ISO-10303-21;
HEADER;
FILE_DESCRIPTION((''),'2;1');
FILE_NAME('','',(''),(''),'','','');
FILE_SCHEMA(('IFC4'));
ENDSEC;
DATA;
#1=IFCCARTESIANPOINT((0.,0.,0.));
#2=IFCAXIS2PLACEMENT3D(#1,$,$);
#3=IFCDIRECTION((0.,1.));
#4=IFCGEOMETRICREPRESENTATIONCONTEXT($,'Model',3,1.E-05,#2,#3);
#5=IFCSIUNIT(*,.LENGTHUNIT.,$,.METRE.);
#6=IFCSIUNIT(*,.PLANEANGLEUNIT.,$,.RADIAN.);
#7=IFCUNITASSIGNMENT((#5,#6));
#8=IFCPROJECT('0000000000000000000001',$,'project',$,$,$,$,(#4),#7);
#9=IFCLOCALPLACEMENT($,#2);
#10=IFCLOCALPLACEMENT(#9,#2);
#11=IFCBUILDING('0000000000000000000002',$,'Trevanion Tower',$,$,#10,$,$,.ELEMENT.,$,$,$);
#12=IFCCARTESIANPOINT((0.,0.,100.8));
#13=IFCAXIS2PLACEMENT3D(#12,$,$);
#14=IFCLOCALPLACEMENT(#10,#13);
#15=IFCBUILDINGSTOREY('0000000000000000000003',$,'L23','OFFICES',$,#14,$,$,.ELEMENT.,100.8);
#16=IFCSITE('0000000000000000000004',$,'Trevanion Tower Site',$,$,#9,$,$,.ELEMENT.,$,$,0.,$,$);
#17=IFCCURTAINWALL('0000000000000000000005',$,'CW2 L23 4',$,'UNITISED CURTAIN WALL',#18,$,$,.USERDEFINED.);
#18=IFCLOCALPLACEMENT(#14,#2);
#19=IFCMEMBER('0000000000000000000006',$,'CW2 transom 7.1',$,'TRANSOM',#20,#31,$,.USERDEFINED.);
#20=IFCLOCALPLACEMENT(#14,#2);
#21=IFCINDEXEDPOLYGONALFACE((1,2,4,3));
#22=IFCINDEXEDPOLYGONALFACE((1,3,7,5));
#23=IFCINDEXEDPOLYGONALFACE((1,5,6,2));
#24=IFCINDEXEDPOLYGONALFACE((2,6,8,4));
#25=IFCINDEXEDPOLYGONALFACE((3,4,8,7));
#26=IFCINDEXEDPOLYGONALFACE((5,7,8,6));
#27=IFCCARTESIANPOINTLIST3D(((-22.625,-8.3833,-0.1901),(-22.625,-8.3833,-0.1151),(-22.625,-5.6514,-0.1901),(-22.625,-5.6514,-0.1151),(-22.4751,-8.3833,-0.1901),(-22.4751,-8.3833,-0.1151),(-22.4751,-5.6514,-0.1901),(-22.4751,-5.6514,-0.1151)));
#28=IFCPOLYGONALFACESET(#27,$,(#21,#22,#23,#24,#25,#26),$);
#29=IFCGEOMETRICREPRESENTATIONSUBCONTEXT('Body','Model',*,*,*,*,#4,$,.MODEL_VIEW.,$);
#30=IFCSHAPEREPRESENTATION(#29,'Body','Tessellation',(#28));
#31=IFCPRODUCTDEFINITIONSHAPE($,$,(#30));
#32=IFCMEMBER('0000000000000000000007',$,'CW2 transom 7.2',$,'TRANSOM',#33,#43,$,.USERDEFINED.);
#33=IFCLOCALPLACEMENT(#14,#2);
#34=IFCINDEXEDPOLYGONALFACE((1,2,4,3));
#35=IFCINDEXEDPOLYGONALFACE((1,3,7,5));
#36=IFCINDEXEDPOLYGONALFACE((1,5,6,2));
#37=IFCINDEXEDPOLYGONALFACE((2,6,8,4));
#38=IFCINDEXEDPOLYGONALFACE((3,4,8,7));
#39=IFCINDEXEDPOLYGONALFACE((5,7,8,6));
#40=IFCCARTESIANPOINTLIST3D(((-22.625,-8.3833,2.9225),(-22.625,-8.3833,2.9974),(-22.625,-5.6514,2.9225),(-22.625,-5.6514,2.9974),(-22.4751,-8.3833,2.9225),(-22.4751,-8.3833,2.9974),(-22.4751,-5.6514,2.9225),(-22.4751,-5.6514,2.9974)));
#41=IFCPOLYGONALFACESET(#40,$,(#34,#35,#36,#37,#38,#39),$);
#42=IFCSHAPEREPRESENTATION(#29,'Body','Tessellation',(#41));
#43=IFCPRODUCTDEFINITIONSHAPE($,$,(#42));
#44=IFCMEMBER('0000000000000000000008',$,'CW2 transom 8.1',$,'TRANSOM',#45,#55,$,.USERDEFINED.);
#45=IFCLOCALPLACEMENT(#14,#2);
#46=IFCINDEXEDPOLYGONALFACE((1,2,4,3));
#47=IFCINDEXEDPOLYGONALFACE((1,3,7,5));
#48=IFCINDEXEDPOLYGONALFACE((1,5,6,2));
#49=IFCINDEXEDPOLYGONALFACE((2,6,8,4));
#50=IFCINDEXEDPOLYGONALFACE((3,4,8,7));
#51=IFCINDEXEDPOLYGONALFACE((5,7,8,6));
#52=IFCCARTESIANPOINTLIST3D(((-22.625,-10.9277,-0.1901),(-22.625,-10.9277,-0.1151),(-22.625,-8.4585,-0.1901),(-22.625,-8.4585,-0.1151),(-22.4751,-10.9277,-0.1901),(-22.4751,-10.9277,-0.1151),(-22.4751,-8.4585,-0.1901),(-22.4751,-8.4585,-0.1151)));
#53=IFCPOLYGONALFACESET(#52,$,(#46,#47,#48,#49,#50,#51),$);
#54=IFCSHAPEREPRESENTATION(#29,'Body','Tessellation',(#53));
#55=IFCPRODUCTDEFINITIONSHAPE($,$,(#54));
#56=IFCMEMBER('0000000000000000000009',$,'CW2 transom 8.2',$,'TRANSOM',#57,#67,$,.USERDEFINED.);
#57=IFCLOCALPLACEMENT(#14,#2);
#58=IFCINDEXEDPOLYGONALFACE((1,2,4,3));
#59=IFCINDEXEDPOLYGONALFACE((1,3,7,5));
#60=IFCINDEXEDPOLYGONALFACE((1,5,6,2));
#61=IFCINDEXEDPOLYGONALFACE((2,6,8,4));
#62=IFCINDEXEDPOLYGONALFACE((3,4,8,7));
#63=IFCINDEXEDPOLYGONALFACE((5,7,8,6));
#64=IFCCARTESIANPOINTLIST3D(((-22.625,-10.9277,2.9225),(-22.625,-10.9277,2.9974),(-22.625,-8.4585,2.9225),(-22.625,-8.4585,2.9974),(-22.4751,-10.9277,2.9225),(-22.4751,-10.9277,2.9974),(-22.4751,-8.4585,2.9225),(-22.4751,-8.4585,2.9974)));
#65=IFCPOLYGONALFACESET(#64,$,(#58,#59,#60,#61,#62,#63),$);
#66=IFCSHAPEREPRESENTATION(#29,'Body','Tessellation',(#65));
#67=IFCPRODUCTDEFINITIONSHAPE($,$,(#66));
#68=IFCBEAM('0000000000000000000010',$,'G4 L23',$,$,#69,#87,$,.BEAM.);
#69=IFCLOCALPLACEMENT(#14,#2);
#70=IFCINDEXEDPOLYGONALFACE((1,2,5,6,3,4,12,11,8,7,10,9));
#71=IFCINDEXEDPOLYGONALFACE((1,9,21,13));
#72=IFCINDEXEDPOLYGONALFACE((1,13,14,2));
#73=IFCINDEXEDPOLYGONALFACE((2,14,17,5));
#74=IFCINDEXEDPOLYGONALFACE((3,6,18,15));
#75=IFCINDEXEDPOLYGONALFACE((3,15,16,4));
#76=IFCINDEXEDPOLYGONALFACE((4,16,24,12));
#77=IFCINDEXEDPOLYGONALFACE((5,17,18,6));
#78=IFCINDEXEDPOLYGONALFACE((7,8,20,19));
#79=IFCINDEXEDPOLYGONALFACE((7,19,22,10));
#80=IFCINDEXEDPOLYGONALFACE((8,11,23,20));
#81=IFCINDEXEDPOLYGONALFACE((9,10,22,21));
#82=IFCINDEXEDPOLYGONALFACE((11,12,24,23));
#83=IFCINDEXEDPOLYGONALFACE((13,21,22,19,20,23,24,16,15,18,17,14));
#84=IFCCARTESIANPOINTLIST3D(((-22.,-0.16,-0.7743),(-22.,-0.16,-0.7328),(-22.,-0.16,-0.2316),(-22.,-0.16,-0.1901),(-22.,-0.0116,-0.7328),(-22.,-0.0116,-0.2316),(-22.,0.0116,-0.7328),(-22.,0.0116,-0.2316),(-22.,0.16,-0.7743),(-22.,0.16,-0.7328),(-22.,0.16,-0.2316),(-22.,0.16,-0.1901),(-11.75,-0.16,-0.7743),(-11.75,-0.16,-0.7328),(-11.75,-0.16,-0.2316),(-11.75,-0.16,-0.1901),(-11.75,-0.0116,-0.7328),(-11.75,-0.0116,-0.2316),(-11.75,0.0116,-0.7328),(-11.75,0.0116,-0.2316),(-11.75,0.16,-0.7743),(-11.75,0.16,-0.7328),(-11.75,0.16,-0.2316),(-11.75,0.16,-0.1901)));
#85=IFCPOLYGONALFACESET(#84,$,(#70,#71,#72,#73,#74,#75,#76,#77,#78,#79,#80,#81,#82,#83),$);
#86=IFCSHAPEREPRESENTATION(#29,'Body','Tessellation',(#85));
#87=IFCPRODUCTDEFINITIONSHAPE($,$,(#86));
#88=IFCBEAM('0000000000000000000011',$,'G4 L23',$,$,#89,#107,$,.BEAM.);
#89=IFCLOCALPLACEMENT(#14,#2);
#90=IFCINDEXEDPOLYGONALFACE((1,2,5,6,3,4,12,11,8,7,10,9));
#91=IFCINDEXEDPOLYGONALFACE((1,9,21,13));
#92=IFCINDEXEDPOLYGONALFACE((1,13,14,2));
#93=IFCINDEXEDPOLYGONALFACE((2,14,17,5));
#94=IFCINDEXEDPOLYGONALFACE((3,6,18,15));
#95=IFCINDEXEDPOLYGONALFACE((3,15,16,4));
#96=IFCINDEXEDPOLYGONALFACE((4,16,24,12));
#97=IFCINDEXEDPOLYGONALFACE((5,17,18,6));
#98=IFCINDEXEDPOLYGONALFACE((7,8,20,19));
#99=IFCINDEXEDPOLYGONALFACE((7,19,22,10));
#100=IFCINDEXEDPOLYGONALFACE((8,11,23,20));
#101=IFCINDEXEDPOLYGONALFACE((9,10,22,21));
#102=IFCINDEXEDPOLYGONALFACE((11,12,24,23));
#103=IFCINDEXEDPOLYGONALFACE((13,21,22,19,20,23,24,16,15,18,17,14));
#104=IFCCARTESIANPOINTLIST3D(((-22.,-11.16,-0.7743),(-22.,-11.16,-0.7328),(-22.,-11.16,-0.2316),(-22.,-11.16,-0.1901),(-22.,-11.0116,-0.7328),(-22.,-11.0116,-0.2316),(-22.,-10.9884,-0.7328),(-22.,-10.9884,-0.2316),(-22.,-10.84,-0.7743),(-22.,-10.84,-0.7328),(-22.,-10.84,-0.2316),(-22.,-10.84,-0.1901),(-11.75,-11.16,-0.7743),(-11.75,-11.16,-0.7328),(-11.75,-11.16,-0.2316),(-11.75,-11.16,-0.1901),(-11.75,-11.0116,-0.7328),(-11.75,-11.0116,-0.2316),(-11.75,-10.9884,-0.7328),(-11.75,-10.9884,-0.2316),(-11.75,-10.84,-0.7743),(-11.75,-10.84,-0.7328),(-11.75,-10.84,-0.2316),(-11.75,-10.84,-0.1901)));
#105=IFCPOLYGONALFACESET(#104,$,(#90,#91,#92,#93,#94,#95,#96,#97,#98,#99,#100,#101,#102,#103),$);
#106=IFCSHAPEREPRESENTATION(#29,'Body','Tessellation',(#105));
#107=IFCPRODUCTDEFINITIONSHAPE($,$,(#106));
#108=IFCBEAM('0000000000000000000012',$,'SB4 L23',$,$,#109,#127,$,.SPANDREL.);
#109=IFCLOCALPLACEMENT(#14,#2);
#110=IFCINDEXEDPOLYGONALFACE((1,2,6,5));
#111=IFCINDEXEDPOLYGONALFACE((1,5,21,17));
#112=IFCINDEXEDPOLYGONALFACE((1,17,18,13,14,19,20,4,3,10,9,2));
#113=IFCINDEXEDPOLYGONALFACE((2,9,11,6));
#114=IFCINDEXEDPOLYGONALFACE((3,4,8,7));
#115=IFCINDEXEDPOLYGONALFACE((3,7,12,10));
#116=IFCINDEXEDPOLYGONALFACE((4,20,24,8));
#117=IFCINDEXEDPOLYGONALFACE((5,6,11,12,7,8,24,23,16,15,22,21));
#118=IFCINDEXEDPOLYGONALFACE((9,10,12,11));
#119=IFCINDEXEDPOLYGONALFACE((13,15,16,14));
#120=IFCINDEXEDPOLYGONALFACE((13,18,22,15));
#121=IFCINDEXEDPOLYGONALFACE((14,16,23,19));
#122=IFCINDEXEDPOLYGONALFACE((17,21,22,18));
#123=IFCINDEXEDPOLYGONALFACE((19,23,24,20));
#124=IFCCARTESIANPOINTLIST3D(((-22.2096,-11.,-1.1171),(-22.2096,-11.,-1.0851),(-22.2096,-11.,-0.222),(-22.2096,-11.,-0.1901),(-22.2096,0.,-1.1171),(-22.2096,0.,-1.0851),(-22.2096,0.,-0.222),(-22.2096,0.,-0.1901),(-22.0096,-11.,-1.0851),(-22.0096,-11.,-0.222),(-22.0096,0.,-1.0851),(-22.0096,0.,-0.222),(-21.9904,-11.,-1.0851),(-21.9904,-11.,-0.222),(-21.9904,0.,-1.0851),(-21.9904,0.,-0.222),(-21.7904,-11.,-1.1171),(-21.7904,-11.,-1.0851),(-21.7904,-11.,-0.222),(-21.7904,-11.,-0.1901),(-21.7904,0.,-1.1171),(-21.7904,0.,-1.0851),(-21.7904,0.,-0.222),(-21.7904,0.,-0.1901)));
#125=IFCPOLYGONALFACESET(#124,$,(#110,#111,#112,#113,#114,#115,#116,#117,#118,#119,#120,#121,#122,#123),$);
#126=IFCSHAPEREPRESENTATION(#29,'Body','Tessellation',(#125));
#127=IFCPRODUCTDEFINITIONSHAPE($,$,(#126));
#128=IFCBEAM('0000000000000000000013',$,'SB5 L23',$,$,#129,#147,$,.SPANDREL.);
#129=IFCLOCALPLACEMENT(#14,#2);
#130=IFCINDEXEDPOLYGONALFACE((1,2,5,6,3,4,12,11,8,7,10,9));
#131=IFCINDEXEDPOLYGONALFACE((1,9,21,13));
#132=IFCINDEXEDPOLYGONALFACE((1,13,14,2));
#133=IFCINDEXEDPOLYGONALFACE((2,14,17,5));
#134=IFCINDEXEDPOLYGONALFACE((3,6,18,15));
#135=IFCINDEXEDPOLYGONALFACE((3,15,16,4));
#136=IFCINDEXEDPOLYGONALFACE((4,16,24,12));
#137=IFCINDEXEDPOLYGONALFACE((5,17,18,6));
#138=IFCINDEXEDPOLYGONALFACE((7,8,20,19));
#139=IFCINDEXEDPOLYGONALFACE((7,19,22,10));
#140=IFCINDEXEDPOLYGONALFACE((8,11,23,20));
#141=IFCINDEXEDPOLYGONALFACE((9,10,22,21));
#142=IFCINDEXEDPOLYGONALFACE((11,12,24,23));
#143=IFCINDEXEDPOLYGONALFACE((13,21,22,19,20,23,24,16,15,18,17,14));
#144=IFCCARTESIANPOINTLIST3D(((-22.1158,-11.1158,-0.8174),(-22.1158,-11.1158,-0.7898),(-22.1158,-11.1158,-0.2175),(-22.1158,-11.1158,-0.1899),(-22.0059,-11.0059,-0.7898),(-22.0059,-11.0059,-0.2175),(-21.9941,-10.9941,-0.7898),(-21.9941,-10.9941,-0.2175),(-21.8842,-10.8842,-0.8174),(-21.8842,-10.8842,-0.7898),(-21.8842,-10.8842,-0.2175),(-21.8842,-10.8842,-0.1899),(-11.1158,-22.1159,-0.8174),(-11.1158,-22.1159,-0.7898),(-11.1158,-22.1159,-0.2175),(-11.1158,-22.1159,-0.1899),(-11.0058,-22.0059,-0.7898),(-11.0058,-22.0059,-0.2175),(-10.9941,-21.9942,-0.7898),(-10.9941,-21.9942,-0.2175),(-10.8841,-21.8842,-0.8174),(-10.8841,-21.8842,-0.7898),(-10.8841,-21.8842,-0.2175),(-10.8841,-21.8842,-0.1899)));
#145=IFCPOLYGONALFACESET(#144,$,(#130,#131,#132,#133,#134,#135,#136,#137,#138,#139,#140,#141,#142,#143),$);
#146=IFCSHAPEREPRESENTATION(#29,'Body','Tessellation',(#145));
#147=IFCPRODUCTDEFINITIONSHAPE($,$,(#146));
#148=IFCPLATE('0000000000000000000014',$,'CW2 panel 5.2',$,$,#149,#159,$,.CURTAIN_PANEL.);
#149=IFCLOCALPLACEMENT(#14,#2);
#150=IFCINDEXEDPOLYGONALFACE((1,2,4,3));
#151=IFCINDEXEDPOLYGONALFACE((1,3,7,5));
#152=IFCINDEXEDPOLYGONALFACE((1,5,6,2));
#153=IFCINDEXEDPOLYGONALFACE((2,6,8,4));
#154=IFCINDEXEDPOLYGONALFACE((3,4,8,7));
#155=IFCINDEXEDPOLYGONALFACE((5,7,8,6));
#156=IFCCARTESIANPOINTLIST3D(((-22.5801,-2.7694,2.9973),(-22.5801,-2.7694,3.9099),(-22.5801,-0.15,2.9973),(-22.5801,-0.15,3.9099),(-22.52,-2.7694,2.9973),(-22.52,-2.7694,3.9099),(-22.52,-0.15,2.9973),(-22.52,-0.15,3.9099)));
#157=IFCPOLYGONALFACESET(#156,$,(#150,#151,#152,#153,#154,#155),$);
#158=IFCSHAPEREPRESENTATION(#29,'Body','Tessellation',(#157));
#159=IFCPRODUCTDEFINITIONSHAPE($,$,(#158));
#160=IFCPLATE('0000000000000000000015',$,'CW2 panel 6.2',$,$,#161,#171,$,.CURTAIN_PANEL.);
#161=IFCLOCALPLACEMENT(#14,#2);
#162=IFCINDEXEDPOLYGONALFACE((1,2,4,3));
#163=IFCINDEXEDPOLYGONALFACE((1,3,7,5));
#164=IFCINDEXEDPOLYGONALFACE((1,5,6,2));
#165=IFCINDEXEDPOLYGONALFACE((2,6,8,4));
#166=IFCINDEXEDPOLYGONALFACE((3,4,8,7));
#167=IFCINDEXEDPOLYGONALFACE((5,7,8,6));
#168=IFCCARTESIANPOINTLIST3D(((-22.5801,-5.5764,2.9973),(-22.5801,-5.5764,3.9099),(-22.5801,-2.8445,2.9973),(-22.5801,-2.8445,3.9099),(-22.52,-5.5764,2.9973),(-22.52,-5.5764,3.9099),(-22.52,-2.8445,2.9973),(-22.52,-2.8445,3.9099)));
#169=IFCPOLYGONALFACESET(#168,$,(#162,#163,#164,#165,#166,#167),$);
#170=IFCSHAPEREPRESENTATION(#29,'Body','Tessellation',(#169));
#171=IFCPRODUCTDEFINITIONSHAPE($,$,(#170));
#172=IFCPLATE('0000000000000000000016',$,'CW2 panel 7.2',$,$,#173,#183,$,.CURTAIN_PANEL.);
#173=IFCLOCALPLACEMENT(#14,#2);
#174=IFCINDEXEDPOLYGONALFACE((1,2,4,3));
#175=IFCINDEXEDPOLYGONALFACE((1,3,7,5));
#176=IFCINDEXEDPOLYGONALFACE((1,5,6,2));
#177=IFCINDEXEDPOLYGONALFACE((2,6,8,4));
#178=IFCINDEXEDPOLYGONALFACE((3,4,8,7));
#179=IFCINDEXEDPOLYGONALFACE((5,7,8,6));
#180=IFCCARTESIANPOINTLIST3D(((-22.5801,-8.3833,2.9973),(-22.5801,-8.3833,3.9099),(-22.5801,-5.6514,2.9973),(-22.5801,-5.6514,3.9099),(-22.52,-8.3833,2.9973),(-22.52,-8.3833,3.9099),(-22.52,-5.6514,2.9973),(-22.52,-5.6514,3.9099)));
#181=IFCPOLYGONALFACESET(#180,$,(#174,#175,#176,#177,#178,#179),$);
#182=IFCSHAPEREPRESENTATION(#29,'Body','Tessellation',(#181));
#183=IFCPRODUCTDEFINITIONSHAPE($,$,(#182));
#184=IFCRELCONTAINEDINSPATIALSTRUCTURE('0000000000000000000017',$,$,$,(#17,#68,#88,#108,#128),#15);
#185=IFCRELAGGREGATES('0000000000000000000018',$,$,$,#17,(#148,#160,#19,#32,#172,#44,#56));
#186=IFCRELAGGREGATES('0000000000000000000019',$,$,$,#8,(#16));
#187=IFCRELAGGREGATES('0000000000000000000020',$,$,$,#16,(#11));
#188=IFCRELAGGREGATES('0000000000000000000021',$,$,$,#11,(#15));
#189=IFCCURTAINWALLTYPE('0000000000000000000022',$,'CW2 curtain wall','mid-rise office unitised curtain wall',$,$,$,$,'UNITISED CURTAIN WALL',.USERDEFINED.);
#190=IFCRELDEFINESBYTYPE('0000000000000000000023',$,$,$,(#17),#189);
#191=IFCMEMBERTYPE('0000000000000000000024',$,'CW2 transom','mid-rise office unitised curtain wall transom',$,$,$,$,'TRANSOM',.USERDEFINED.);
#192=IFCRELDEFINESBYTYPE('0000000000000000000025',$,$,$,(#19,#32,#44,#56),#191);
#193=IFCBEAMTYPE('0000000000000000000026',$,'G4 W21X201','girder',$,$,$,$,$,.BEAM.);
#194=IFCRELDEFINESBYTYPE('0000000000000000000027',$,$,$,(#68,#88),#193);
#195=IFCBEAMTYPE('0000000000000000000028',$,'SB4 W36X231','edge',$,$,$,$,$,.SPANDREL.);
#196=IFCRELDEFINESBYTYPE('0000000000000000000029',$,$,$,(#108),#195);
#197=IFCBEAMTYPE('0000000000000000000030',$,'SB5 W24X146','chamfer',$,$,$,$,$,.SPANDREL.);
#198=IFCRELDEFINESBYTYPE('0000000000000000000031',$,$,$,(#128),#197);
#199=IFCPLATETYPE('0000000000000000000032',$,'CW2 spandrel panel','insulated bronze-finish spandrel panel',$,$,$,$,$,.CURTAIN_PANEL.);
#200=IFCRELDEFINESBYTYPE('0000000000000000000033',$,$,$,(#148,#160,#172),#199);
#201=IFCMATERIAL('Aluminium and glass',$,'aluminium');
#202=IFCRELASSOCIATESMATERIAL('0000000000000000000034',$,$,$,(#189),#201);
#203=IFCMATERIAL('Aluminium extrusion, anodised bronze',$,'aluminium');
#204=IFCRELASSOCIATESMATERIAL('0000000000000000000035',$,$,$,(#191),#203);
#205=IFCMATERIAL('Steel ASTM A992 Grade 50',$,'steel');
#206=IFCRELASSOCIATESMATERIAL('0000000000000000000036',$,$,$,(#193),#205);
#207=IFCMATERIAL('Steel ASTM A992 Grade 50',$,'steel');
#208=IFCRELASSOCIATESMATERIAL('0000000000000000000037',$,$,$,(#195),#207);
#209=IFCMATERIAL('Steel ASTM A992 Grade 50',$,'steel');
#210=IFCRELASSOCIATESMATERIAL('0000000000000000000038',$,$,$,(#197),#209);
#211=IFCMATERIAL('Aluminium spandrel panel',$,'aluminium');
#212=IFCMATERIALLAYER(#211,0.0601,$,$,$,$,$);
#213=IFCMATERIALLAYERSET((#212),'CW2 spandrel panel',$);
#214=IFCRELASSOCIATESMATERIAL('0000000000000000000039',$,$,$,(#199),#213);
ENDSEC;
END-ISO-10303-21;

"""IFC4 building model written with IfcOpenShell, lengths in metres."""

from ifc_helpers import new_model, si_unit, direction, frame, origin, origin_2d, place, context, subcontext, project, spatial, rectangle, i_section, extrude, material, layer, layer_set, material_profile, profile_set, type_object, element, aggregate, save


model = new_model("IFC4")

# Units and contexts
model_context = context("Model", 3, precision=1e-05, world=origin(), true_north=direction((0.0, 1.0)))
body_context = subcontext(model_context, "Body", "Model", "MODEL_VIEW")
ifc_project = project(units=[si_unit("LENGTHUNIT", "METRE"), si_unit("PLANEANGLEUNIT", "RADIAN")], contexts=[model_context])

# Site, building, storey
site_placement = place(None, origin())
site = spatial("IfcSite", under=ifc_project, at=site_placement, Name="Trevanion Tower Site", CompositionType="ELEMENT", RefElevation=0.0)
building_placement = place(site_placement, origin())
building = spatial("IfcBuilding", under=site, at=building_placement, Name="Trevanion Tower", CompositionType="ELEMENT")
storey_placement = place(building_placement, frame((0.0, 0.0, 100.8)))
storey = spatial("IfcBuildingStorey", under=building, at=storey_placement, Name="L23", Description="OFFICES", CompositionType="ELEMENT", Elevation=100.8)

# Curtain wall, members
ifc_material_1 = material(Name="Aluminium and glass", Category="aluminium")
curtain_wall_type = type_object("IfcCurtainWallType", Name="CW2 curtain wall", Description="mid-rise office unitised curtain wall", ElementType="UNITISED CURTAIN WALL", PredefinedType="USERDEFINED", material=ifc_material_1)
curtain_wall_placement = place(storey_placement, origin())
curtain_wall = element("IfcCurtainWall", 1, at=curtain_wall_placement, inside=storey, type_object=curtain_wall_type, Name="CW2 L23 4", ObjectType="UNITISED CURTAIN WALL", PredefinedType="USERDEFINED")
ifc_material_2 = material(Name="Aluminium extrusion, anodised bronze", Category="aluminium")
ifc_material_profile_1 = material_profile(ifc_material_2, rectangle(XDim=0.1499, YDim=0.075, at=origin_2d()), Name="CW2 transom")
ifc_profile_set_1 = profile_set([ifc_material_profile_1], Name="Aluminium extrusion, anodised bronze")
member_type_1 = type_object("IfcMemberType", Name="CW2 transom", Description="mid-rise office unitised curtain wall transom", ElementType="TRANSOM", PredefinedType="USERDEFINED", material=ifc_profile_set_1)
member_1_placement = place(storey_placement, frame((-22.55, -5.6514, -0.1526), z_axis=(0.0, -1.0, 0.0), x_axis=(1.0, 0.0, 0.0)))
member_1 = element("IfcMember", 2, at=member_1_placement, type_object=member_type_1, Name="CW2 transom 7.1", ObjectType="TRANSOM", PredefinedType="USERDEFINED", context=body_context, shape_type="SweptSolid", body=[
    extrude(rectangle(XDim=0.1499, YDim=0.075, at=origin_2d()), origin(), (0.0, 0.0, 1.0), 2.7319),
])
member_2_placement = place(storey_placement, frame((-22.55, -5.6514, 2.96), z_axis=(0.0, -1.0, 0.0), x_axis=(1.0, 0.0, 0.0)))
member_2 = element("IfcMember", 3, at=member_2_placement, type_object=member_type_1, Name="CW2 transom 7.2", ObjectType="TRANSOM", PredefinedType="USERDEFINED", context=body_context, shape_type="SweptSolid", body=[
    extrude(rectangle(XDim=0.1499, YDim=0.075, at=origin_2d()), origin(), (0.0, 0.0, 1.0), 2.7319),
])
member_3_placement = place(storey_placement, frame((-22.55, -8.4585, -0.1526), z_axis=(0.0, -1.0, 0.0), x_axis=(1.0, 0.0, 0.0)))
member_3 = element("IfcMember", 4, at=member_3_placement, type_object=member_type_1, Name="CW2 transom 8.1", ObjectType="TRANSOM", PredefinedType="USERDEFINED", context=body_context, shape_type="SweptSolid", body=[
    extrude(rectangle(XDim=0.1499, YDim=0.075, at=origin_2d()), origin(), (0.0, 0.0, 1.0), 2.4692),
])
member_4_placement = place(storey_placement, frame((-22.55, -8.4585, 2.96), z_axis=(0.0, -1.0, 0.0), x_axis=(1.0, 0.0, 0.0)))
member_4 = element("IfcMember", 5, at=member_4_placement, type_object=member_type_1, Name="CW2 transom 8.2", ObjectType="TRANSOM", PredefinedType="USERDEFINED", context=body_context, shape_type="SweptSolid", body=[
    extrude(rectangle(XDim=0.1499, YDim=0.075, at=origin_2d()), origin(), (0.0, 0.0, 1.0), 2.4692),
])

# Beams
ifc_material_3 = material(Name="Steel ASTM A992 Grade 50", Category="steel")
ifc_material_profile_2 = material_profile(ifc_material_3, i_section(OverallWidth=0.3201, OverallDepth=0.5842, WebThickness=0.0232, FlangeThickness=0.0415, at=origin_2d()), Name="W21X201")
ifc_profile_set_2 = profile_set([ifc_material_profile_2], Name="Steel ASTM A992 Grade 50")
beam_type_1 = type_object("IfcBeamType", Name="G4 W21X201", Description="girder", PredefinedType="BEAM", material=ifc_profile_set_2)
for number, where, z_axis, x_axis, name in (
    (6, (-11.75, 0.0, -0.4822), (-1.0, 0.0, 0.0), (0.0, -1.0, 0.0), "G4 L23"),
    (7, (-11.75, -11.0, -0.4822), (-1.0, 0.0, 0.0), (0.0, -1.0, 0.0), "G4 L23"),
):
    element("IfcBeam", number, at=place(storey_placement, frame(where, z_axis=z_axis, x_axis=x_axis)), inside=storey, type_object=beam_type_1, Name=name, PredefinedType="BEAM", context=body_context, shape_type="SweptSolid", body=[
        extrude(i_section(OverallWidth=0.3201, OverallDepth=0.5842, WebThickness=0.0232, FlangeThickness=0.0415, at=origin_2d()), origin(), (0.0, 0.0, 1.0), 10.25),
    ])
ifc_material_4 = material(Name="Steel ASTM A992 Grade 50", Category="steel")
ifc_material_profile_3 = material_profile(ifc_material_4, i_section(OverallWidth=0.4192, OverallDepth=0.927, WebThickness=0.0193, FlangeThickness=0.032, at=origin_2d()), Name="W36X231")
ifc_profile_set_3 = profile_set([ifc_material_profile_3], Name="Steel ASTM A992 Grade 50")
beam_type_2 = type_object("IfcBeamType", Name="SB4 W36X231", Description="edge", PredefinedType="SPANDREL", material=ifc_profile_set_3)
beam_1_placement = place(storey_placement, frame((-22.0, 0.0, -0.6536), z_axis=(0.0, -1.0, 0.0), x_axis=(1.0, 0.0, 0.0)))
element("IfcBeam", 8, at=beam_1_placement, inside=storey, type_object=beam_type_2, Name="SB4 L23", PredefinedType="SPANDREL", context=body_context, shape_type="SweptSolid", body=[
    extrude(i_section(OverallWidth=0.4192, OverallDepth=0.927, WebThickness=0.0193, FlangeThickness=0.032, at=origin_2d()), origin(), (0.0, 0.0, 1.0), 11.0),
])
ifc_material_5 = material(Name="Steel ASTM A992 Grade 50", Category="steel")
ifc_material_profile_4 = material_profile(ifc_material_5, i_section(OverallWidth=0.3276, OverallDepth=0.6274, WebThickness=0.0166, FlangeThickness=0.0276, at=origin_2d()), Name="W24X146")
ifc_profile_set_4 = profile_set([ifc_material_profile_4], Name="Steel ASTM A992 Grade 50")
beam_type_3 = type_object("IfcBeamType", Name="SB5 W24X146", Description="chamfer", PredefinedType="SPANDREL", material=ifc_profile_set_4)
beam_2_placement = place(storey_placement, frame((-22.0, -11.0, -0.5037), z_axis=(0.707107, -0.707107, 0.0), x_axis=(0.707107, 0.707107, 0.0)))
element("IfcBeam", 9, at=beam_2_placement, inside=storey, type_object=beam_type_3, Name="SB5 L23", PredefinedType="SPANDREL", context=body_context, shape_type="SweptSolid", body=[
    extrude(i_section(OverallWidth=0.3276, OverallDepth=0.6274, WebThickness=0.0166, FlangeThickness=0.0276, at=origin_2d()), origin(), (0.0, 0.0, 1.0), 15.5564),
])

# Plates
ifc_material_6 = material(Name="Aluminium spandrel panel", Category="aluminium")
ifc_layer_1 = layer(ifc_material_6, 0.0601)
ifc_layer_set_1 = layer_set([ifc_layer_1], Name="CW2 spandrel panel")
plate_type_1 = type_object("IfcPlateType", Name="CW2 spandrel panel", Description="insulated bronze-finish spandrel panel", PredefinedType="CURTAIN_PANEL", material=ifc_layer_set_1)
plate_1_placement = place(storey_placement, frame((-22.55, -1.4597, 2.9973), z_axis=(0.0, 0.0, 1.0), x_axis=(0.0, -1.0, 0.0)))
plate_1 = element("IfcPlate", 10, at=plate_1_placement, type_object=plate_type_1, Name="CW2 panel 5.2", PredefinedType="CURTAIN_PANEL", context=body_context, shape_type="SweptSolid", body=[
    extrude(rectangle(XDim=2.6194, YDim=0.0601, at=origin_2d()), origin(), (0.0, 0.0, 1.0), 0.9126),
])
plate_2_placement = place(storey_placement, frame((-22.55, -4.2104, 2.9973), z_axis=(0.0, 0.0, 1.0), x_axis=(0.0, -1.0, 0.0)))
plate_2 = element("IfcPlate", 11, at=plate_2_placement, type_object=plate_type_1, Name="CW2 panel 6.2", PredefinedType="CURTAIN_PANEL", context=body_context, shape_type="SweptSolid", body=[
    extrude(rectangle(XDim=2.7319, YDim=0.0601, at=origin_2d()), origin(), (0.0, 0.0, 1.0), 0.9126),
])
plate_3_placement = place(storey_placement, frame((-22.55, -7.0173, 2.9973), z_axis=(0.0, 0.0, 1.0), x_axis=(0.0, -1.0, 0.0)))
plate_3 = element("IfcPlate", 12, at=plate_3_placement, type_object=plate_type_1, Name="CW2 panel 7.2", PredefinedType="CURTAIN_PANEL", context=body_context, shape_type="SweptSolid", body=[
    extrude(rectangle(XDim=2.7319, YDim=0.0601, at=origin_2d()), origin(), (0.0, 0.0, 1.0), 0.9126),
])
aggregate(curtain_wall, [plate_1, plate_2, member_1, member_2, plate_3, member_3, member_4])

save(model, "model.ifc")
